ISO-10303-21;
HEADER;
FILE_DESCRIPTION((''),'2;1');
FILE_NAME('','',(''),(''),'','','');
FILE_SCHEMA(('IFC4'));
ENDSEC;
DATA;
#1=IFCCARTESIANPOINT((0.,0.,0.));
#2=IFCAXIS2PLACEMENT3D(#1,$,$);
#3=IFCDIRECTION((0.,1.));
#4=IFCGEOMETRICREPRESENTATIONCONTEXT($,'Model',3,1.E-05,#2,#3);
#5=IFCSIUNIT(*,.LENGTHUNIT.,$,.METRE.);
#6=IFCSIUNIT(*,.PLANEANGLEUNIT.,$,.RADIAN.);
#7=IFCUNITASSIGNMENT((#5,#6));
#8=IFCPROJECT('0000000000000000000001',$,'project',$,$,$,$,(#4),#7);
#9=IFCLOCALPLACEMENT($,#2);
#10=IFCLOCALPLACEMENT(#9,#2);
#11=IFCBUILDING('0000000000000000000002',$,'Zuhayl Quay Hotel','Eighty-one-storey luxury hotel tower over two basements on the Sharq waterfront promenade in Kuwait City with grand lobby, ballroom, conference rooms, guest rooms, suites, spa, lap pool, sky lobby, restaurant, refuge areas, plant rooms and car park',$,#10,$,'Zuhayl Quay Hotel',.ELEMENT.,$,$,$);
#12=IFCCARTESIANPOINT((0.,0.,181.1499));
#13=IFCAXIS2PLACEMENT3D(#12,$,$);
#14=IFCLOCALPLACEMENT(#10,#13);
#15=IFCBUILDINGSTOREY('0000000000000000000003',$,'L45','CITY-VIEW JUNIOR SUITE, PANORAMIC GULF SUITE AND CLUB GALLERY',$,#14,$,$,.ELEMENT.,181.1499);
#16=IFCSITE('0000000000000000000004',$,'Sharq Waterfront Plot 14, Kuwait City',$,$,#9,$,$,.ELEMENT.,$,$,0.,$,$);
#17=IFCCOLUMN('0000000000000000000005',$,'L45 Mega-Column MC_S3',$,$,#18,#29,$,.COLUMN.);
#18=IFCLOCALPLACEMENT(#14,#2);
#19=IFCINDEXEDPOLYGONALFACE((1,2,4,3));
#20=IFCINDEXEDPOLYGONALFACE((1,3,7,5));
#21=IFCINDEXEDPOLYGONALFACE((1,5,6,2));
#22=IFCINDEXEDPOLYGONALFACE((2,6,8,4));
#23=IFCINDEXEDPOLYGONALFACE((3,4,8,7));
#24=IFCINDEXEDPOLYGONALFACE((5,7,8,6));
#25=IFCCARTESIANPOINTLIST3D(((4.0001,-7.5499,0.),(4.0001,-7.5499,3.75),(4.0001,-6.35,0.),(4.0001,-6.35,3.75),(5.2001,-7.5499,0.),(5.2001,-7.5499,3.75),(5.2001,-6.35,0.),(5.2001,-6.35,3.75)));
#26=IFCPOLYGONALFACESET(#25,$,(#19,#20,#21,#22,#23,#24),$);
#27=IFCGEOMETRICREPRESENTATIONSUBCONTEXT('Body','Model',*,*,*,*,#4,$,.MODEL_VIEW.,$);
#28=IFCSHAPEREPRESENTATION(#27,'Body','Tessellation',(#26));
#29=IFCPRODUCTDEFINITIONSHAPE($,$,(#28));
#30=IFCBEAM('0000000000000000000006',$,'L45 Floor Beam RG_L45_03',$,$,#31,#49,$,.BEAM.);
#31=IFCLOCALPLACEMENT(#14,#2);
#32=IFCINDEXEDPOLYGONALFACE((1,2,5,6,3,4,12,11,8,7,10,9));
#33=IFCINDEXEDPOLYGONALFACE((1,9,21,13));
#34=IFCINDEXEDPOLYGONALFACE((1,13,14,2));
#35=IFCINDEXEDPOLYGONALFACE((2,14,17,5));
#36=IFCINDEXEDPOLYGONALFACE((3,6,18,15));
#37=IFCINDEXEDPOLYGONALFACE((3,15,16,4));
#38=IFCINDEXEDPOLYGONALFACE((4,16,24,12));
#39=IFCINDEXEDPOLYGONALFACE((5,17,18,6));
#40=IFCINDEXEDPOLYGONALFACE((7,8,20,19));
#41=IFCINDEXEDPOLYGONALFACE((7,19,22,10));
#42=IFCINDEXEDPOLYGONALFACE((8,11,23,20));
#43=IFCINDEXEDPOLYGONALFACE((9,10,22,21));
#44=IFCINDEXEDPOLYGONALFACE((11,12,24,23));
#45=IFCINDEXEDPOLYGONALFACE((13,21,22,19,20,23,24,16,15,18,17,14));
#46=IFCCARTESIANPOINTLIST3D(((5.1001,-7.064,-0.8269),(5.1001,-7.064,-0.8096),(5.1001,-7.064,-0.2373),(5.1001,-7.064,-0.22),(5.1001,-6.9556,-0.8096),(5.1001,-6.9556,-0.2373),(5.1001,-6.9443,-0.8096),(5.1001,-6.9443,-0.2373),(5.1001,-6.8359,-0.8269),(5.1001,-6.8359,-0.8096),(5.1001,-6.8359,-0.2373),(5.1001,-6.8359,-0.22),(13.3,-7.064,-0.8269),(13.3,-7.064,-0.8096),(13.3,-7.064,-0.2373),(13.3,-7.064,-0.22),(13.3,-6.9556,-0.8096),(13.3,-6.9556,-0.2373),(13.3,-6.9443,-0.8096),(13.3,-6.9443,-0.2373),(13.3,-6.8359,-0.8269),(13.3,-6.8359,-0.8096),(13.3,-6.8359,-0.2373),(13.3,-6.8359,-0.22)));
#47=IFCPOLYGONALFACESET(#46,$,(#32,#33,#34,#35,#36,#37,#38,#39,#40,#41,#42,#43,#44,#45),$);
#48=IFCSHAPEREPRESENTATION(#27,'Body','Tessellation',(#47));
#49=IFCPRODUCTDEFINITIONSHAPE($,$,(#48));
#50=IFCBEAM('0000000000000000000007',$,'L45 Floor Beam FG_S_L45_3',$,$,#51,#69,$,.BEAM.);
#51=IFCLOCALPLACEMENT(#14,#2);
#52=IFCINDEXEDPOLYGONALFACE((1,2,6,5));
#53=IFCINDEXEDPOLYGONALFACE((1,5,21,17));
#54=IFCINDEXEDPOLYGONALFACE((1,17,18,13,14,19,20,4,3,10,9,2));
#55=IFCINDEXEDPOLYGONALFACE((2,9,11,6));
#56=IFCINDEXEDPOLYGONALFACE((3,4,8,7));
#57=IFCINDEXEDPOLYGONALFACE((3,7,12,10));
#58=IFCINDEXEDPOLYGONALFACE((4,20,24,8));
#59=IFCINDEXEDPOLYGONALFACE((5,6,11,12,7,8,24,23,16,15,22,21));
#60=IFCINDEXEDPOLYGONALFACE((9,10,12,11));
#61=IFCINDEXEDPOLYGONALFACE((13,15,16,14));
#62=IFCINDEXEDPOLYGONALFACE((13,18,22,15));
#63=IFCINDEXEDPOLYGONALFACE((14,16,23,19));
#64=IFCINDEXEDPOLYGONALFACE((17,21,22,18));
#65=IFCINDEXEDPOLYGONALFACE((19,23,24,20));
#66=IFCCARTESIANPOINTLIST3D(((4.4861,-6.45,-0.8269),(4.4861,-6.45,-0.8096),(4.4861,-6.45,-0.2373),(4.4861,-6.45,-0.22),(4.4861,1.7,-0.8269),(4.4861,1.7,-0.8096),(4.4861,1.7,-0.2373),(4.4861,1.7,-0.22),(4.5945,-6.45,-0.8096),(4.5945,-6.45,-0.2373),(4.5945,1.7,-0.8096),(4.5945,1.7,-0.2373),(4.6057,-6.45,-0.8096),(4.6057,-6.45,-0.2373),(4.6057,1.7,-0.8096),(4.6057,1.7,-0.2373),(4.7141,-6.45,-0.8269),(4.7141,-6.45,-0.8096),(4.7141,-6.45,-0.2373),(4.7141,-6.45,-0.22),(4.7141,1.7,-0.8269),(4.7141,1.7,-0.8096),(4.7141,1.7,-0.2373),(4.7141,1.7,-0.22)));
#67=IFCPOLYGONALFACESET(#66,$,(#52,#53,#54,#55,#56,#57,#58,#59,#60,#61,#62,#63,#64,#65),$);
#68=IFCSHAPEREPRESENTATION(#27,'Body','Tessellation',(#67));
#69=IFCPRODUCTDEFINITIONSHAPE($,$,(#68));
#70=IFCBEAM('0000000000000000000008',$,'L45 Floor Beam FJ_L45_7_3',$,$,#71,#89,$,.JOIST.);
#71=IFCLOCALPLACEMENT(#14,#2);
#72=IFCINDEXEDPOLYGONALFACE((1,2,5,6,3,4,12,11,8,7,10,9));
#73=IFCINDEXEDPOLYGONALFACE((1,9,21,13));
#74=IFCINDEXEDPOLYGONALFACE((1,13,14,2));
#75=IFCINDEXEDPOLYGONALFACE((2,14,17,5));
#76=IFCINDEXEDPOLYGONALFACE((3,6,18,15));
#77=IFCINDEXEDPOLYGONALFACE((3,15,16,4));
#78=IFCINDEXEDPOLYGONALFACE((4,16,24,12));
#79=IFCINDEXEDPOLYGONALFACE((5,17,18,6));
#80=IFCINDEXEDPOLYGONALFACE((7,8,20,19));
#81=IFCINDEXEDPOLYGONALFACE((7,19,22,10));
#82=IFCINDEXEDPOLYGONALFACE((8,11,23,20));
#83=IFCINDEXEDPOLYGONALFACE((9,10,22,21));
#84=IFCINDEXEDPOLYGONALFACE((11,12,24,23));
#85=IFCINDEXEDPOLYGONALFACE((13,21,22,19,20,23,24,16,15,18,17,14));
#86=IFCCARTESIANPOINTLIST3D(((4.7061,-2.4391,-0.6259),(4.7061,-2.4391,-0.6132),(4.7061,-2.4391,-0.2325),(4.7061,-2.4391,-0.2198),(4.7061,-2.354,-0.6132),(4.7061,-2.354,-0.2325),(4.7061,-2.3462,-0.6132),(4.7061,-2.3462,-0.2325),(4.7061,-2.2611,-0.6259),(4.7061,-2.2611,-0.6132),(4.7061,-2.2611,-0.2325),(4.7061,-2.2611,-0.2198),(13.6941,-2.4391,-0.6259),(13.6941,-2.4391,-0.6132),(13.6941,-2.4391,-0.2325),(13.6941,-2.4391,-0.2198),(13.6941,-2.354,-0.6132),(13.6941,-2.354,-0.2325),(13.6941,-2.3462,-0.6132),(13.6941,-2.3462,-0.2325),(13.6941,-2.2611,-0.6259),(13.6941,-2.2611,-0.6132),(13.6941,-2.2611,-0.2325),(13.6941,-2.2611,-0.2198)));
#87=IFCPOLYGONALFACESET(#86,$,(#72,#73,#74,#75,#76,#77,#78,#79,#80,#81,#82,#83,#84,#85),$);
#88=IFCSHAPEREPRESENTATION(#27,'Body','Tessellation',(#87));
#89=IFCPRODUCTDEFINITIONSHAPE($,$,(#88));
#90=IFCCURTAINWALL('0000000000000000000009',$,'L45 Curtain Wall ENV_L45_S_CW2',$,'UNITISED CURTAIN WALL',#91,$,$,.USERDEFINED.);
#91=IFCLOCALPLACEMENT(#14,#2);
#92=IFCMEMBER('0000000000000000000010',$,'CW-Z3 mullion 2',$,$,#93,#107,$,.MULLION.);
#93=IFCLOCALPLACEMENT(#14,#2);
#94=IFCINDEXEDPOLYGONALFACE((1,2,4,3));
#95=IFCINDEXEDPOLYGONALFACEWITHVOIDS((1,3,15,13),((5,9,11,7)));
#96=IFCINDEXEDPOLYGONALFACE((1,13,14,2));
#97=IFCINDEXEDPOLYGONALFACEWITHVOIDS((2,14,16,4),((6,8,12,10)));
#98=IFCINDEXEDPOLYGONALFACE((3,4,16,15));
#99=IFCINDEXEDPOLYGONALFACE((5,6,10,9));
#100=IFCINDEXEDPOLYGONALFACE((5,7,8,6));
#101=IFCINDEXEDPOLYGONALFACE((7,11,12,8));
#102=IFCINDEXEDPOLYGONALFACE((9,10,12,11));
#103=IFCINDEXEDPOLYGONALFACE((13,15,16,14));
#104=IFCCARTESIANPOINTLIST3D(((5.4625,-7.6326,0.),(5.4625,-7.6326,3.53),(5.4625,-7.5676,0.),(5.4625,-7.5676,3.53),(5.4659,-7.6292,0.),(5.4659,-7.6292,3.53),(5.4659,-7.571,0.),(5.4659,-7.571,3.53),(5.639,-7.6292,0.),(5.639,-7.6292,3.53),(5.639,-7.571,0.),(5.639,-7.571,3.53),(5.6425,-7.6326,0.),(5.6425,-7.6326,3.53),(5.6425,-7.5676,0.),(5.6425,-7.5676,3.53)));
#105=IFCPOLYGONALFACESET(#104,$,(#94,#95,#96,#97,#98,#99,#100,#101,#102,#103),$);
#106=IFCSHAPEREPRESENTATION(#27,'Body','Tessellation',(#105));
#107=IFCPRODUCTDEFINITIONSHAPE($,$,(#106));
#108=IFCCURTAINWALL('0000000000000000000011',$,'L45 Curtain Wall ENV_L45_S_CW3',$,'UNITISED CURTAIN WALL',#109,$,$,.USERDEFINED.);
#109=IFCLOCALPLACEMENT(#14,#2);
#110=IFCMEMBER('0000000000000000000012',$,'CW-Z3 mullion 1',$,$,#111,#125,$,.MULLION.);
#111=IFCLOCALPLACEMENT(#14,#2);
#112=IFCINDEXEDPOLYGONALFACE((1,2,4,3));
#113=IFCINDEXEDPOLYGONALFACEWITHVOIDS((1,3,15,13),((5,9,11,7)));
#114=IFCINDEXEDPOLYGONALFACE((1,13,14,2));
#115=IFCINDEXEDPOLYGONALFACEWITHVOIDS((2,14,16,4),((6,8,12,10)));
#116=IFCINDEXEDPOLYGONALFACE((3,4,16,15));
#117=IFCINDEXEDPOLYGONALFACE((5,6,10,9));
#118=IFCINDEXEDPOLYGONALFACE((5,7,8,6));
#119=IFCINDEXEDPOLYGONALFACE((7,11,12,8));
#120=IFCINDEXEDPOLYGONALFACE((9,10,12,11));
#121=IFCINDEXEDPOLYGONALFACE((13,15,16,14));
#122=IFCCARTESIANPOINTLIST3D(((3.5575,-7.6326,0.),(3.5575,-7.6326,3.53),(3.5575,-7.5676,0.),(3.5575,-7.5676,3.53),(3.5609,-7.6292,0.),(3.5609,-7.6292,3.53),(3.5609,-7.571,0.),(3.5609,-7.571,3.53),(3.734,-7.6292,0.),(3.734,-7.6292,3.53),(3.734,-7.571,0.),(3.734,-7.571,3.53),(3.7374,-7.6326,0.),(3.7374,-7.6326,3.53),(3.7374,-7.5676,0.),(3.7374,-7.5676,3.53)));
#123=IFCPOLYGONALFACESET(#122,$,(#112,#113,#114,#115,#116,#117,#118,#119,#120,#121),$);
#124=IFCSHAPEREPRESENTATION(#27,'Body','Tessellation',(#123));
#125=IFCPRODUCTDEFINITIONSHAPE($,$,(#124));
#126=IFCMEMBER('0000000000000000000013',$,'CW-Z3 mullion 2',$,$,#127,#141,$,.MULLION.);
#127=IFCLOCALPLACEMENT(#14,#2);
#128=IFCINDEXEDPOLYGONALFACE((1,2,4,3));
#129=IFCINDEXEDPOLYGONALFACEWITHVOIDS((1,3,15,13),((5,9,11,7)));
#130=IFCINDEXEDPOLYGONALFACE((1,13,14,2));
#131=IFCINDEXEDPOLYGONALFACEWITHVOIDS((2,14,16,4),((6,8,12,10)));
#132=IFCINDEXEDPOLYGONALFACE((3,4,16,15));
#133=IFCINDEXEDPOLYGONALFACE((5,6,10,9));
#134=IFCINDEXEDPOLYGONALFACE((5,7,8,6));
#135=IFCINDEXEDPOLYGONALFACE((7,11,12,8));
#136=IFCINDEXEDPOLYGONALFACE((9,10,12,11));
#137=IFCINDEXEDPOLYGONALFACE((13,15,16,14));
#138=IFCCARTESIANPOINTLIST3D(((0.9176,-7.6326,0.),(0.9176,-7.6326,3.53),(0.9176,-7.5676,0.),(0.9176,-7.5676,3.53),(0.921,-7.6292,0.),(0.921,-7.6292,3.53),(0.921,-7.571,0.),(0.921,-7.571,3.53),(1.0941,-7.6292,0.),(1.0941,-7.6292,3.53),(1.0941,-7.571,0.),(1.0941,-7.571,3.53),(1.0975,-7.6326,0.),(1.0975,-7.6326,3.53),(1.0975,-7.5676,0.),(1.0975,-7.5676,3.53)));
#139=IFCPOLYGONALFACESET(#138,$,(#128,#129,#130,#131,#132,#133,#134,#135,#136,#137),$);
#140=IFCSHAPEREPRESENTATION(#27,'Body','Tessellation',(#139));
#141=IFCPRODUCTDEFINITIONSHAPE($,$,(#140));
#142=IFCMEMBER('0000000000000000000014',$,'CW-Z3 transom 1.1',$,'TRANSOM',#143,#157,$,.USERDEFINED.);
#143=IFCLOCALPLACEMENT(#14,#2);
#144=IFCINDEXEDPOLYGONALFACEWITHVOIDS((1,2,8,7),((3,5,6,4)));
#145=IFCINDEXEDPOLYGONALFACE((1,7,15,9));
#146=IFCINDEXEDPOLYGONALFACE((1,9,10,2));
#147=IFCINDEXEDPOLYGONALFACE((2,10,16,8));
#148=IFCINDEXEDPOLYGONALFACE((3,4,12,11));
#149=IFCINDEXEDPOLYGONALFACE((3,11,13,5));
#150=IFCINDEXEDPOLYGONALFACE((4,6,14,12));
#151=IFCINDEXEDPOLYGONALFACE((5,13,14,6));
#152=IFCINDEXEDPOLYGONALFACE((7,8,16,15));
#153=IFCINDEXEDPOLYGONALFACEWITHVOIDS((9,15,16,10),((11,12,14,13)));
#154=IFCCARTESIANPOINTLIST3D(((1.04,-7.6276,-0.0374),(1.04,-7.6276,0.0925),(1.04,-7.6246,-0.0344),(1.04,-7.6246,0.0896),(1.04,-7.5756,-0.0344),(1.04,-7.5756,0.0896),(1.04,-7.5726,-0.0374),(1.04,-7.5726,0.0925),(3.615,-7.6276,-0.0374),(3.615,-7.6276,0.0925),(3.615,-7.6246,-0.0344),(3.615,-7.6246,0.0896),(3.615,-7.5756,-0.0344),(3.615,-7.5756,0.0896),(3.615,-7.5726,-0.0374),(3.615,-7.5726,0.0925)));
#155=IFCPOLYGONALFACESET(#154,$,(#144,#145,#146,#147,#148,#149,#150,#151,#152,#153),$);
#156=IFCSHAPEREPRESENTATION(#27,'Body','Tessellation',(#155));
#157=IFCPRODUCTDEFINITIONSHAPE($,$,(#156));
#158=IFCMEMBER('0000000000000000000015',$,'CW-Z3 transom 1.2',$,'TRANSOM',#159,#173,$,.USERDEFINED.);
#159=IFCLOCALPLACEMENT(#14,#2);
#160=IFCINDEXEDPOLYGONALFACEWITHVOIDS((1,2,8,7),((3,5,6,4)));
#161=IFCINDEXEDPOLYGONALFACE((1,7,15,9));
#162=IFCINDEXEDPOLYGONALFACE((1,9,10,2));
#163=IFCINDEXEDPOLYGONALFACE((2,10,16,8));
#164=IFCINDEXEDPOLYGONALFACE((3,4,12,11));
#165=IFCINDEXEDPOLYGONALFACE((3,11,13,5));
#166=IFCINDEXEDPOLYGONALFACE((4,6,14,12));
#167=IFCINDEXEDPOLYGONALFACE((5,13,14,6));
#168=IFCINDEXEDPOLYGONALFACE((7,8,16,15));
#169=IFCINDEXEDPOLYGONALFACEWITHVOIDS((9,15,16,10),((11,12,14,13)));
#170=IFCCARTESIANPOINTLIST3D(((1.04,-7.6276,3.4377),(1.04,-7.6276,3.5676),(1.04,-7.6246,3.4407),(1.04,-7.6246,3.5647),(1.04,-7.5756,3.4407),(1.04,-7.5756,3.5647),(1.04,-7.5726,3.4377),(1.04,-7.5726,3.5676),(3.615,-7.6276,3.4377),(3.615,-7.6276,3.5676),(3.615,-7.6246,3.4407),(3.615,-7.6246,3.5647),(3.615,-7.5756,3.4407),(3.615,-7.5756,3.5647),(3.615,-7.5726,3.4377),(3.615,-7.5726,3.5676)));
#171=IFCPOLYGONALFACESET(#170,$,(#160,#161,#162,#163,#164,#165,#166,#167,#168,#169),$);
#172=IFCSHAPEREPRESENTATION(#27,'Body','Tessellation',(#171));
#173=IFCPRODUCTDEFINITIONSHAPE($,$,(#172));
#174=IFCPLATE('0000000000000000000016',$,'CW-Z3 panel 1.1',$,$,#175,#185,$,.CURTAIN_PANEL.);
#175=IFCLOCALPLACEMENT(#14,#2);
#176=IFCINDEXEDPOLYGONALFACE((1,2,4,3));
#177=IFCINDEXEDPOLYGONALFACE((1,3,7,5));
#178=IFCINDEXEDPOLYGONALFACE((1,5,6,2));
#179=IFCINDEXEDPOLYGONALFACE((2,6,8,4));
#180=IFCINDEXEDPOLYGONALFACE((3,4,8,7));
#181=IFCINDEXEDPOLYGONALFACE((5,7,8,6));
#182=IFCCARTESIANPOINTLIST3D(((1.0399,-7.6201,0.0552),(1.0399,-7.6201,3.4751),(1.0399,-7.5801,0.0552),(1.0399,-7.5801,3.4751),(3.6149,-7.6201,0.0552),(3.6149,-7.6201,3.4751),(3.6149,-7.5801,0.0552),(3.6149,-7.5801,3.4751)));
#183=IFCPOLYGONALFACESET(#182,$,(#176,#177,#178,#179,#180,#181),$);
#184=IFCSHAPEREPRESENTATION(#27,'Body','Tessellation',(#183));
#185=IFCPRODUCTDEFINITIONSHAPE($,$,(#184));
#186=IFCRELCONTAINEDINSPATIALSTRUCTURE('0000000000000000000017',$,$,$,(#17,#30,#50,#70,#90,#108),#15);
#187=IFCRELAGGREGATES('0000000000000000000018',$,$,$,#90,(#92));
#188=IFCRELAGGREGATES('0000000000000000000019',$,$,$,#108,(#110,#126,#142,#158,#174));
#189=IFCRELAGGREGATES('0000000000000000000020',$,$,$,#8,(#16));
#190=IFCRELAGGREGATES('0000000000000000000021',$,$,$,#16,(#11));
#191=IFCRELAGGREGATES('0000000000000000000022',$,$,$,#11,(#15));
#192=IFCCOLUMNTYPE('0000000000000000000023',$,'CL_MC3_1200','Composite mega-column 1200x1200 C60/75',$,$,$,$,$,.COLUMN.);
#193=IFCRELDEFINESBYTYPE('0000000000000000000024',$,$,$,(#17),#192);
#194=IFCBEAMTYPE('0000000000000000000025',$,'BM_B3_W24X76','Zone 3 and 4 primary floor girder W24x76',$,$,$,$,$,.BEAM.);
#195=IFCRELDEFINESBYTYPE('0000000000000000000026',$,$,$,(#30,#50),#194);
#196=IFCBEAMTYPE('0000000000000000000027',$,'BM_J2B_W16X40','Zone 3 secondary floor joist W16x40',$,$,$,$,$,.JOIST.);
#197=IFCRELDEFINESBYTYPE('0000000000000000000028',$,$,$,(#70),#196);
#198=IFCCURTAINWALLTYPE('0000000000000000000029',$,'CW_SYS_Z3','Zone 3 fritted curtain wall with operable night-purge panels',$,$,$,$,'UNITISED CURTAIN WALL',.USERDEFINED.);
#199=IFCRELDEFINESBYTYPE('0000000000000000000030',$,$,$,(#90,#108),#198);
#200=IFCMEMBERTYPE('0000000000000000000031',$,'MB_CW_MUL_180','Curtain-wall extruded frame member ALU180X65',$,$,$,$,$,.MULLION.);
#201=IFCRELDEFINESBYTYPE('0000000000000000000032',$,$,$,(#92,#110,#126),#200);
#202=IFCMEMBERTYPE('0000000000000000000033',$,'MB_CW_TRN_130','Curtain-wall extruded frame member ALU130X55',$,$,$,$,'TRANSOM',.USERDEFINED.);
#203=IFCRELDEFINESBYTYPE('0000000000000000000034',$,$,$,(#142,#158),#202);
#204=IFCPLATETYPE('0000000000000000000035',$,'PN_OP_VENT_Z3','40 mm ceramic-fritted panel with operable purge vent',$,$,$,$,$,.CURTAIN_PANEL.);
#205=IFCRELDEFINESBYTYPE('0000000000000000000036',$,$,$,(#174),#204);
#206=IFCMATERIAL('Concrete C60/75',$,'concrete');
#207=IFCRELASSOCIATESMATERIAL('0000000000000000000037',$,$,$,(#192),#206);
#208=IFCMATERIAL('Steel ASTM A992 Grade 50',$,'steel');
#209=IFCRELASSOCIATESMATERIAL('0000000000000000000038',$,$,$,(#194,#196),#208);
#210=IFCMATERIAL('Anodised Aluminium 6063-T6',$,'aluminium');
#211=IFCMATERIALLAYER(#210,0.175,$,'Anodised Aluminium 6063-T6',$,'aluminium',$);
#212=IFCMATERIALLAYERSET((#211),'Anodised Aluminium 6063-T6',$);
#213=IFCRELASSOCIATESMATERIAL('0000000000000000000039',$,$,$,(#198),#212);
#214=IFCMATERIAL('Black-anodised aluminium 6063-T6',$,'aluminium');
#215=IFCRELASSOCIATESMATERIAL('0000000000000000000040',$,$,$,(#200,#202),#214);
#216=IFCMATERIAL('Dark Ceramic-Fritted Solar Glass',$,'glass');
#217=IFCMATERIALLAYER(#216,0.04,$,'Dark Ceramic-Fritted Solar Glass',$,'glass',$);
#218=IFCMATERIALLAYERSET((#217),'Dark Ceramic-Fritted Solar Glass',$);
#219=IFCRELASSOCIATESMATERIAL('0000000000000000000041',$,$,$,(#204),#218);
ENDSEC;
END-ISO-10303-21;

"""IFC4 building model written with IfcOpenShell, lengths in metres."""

from ifc_helpers import new_model, si_unit, direction, frame, origin, origin_2d, place, context, subcontext, project, spatial, rectangle, hollow_rectangle, i_section, extrude, material, layer, layer_set, material_profile, profile_set, type_object, element, aggregate, save


model = new_model("IFC4")

# Units and contexts
model_context = context("Model", 3, precision=1e-05, world=origin(), true_north=direction((0.0, 1.0)))
body_context = subcontext(model_context, "Body", "Model", "MODEL_VIEW")
ifc_project = project(units=[si_unit("LENGTHUNIT", "METRE"), si_unit("PLANEANGLEUNIT", "RADIAN")], contexts=[model_context])

# Site, building, storey
site_placement = place(None, origin())
site = spatial("IfcSite", under=ifc_project, at=site_placement, Name="Sharq Waterfront Plot 14, Kuwait City", CompositionType="ELEMENT", RefElevation=0.0)
building_placement = place(site_placement, origin())
building = spatial("IfcBuilding", under=site, at=building_placement, Name="Zuhayl Quay Hotel", Description="Eighty-one-storey luxury hotel tower over two basements on the Sharq waterfront promenade in Kuwait City with grand lobby, ballroom, conference rooms, guest rooms, suites, spa, lap pool, sky lobby, restaurant, refuge areas, plant rooms and car park", LongName="Zuhayl Quay Hotel", CompositionType="ELEMENT")
storey_placement = place(building_placement, frame((0.0, 0.0, 181.1499)))
storey = spatial("IfcBuildingStorey", under=building, at=storey_placement, Name="L45", Description="CITY-VIEW JUNIOR SUITE, PANORAMIC GULF SUITE AND CLUB GALLERY", CompositionType="ELEMENT", Elevation=181.1499)

# Column
ifc_material_1 = material(Name="Concrete C60/75", Category="concrete")
ifc_material_profile_1 = material_profile(ifc_material_1, rectangle(XDim=1.2, YDim=1.2, at=origin_2d()), Name="RC1200X1200")
ifc_profile_set_1 = profile_set([ifc_material_profile_1], Name="Concrete C60/75")
column_type = type_object("IfcColumnType", Name="CL_MC3_1200", Description="Composite mega-column 1200x1200 C60/75", PredefinedType="COLUMN", material=ifc_profile_set_1)
column_placement = place(storey_placement, frame((4.6001, -6.95, 0.0), z_axis=(0.0, 0.0, 1.0), x_axis=(1.0, 0.0, 0.0)))
element("IfcColumn", 1, at=column_placement, inside=storey, type_object=column_type, Name="L45 Mega-Column MC_S3", PredefinedType="COLUMN", context=body_context, shape_type="SweptSolid", body=[
    extrude(rectangle(XDim=1.2, YDim=1.2, at=origin_2d()), origin(), (0.0, 0.0, 1.0), 3.75),
])

# Beams
ifc_material_2 = material(Name="Steel ASTM A992 Grade 50", Category="steel")
ifc_material_profile_2 = material_profile(ifc_material_2, i_section(OverallWidth=0.228, OverallDepth=0.6069, WebThickness=0.0112, FlangeThickness=0.0173, at=origin_2d()), Name="W24X76")
ifc_profile_set_2 = profile_set([ifc_material_profile_2], Name="Steel ASTM A992 Grade 50")
beam_type_1 = type_object("IfcBeamType", Name="BM_B3_W24X76", Description="Zone 3 and 4 primary floor girder W24x76", PredefinedType="BEAM", material=ifc_profile_set_2)
beam_1_placement = place(storey_placement, frame((5.1001, -6.95, -0.5234), z_axis=(1.0, 0.0, 0.0), x_axis=(0.0, 1.0, 0.0)))
element("IfcBeam", 2, at=beam_1_placement, inside=storey, type_object=beam_type_1, Name="L45 Floor Beam RG_L45_03", PredefinedType="BEAM", context=body_context, shape_type="SweptSolid", body=[
    extrude(i_section(OverallWidth=0.228, OverallDepth=0.6069, WebThickness=0.0112, FlangeThickness=0.0173, at=origin_2d()), origin(), (0.0, 0.0, 1.0), 8.2),
])
beam_2_placement = place(storey_placement, frame((4.6001, -6.45, -0.5234), z_axis=(0.0, 1.0, 0.0), x_axis=(-1.0, 0.0, 0.0)))
element("IfcBeam", 3, at=beam_2_placement, inside=storey, type_object=beam_type_1, Name="L45 Floor Beam FG_S_L45_3", PredefinedType="BEAM", context=body_context, shape_type="SweptSolid", body=[
    extrude(i_section(OverallWidth=0.228, OverallDepth=0.6069, WebThickness=0.0112, FlangeThickness=0.0173, at=origin_2d()), origin(), (0.0, 0.0, 1.0), 8.1499),
])
ifc_material_profile_3 = material_profile(ifc_material_2, i_section(OverallWidth=0.178, OverallDepth=0.406, WebThickness=0.0078, FlangeThickness=0.0127, at=origin_2d()), Name="W16X40")
ifc_profile_set_3 = profile_set([ifc_material_profile_3], Name="Steel ASTM A992 Grade 50")
beam_type_2 = type_object("IfcBeamType", Name="BM_J2B_W16X40", Description="Zone 3 secondary floor joist W16x40", PredefinedType="JOIST", material=ifc_profile_set_3)
beam_3_placement = place(storey_placement, frame((4.7061, -2.3501, -0.4229), z_axis=(1.0, 0.0, 0.0), x_axis=(0.0, 1.0, 0.0)))
element("IfcBeam", 4, at=beam_3_placement, inside=storey, type_object=beam_type_2, Name="L45 Floor Beam FJ_L45_7_3", PredefinedType="JOIST", context=body_context, shape_type="SweptSolid", body=[
    extrude(i_section(OverallWidth=0.178, OverallDepth=0.406, WebThickness=0.0078, FlangeThickness=0.0127, at=origin_2d()), origin(), (0.0, 0.0, 1.0), 8.988),
])

# Curtain wall, member
ifc_material_3 = material(Name="Anodised Aluminium 6063-T6", Category="aluminium")
ifc_layer_1 = layer(ifc_material_3, 0.175, Name="Anodised Aluminium 6063-T6", Category="aluminium")
ifc_layer_set_1 = layer_set([ifc_layer_1], Name="Anodised Aluminium 6063-T6")
curtain_wall_type = type_object("IfcCurtainWallType", Name="CW_SYS_Z3", Description="Zone 3 fritted curtain wall with operable night-purge panels", ElementType="UNITISED CURTAIN WALL", PredefinedType="USERDEFINED", material=ifc_layer_set_1)
curtain_wall_1_placement = place(storey_placement, origin())
curtain_wall_1 = element("IfcCurtainWall", 5, at=curtain_wall_1_placement, inside=storey, type_object=curtain_wall_type, Name="L45 Curtain Wall ENV_L45_S_CW2", ObjectType="UNITISED CURTAIN WALL", PredefinedType="USERDEFINED")
ifc_material_4 = material(Name="Black-anodised aluminium 6063-T6", Category="aluminium")
ifc_material_profile_4 = material_profile(ifc_material_4, hollow_rectangle(XDim=0.0649, YDim=0.1799, WallThickness=0.0034, at=origin_2d()), Name="ALU180X65")
ifc_profile_set_4 = profile_set([ifc_material_profile_4], Name="Black-anodised aluminium 6063-T6")
member_type_1 = type_object("IfcMemberType", Name="MB_CW_MUL_180", Description="Curtain-wall extruded frame member ALU180X65", PredefinedType="MULLION", material=ifc_profile_set_4)
member_1_placement = place(storey_placement, frame((5.5525, -7.6001, 0.0), z_axis=(0.0, 0.0, 1.0), x_axis=(0.0, -1.0, 0.0)))
member_1 = element("IfcMember", 6, at=member_1_placement, type_object=member_type_1, Name="CW-Z3 mullion 2", PredefinedType="MULLION", context=body_context, shape_type="SweptSolid", body=[
    extrude(hollow_rectangle(XDim=0.0649, YDim=0.1799, WallThickness=0.0034, at=origin_2d()), origin(), (0.0, 0.0, 1.0), 3.53),
])
aggregate(curtain_wall_1, [member_1])

# Curtain wall, members, plate
curtain_wall_2_placement = place(storey_placement, origin())
curtain_wall_2 = element("IfcCurtainWall", 7, at=curtain_wall_2_placement, inside=storey, type_object=curtain_wall_type, Name="L45 Curtain Wall ENV_L45_S_CW3", ObjectType="UNITISED CURTAIN WALL", PredefinedType="USERDEFINED")
member_2_placement = place(storey_placement, frame((3.6475, -7.6001, 0.0), z_axis=(0.0, 0.0, 1.0), x_axis=(0.0, -1.0, 0.0)))
member_2 = element("IfcMember", 8, at=member_2_placement, type_object=member_type_1, Name="CW-Z3 mullion 1", PredefinedType="MULLION", context=body_context, shape_type="SweptSolid", body=[
    extrude(hollow_rectangle(XDim=0.0649, YDim=0.1799, WallThickness=0.0034, at=origin_2d()), origin(), (0.0, 0.0, 1.0), 3.53),
])
member_3_placement = place(storey_placement, frame((1.0076, -7.6001, 0.0), z_axis=(0.0, 0.0, 1.0), x_axis=(0.0, -1.0, 0.0)))
member_3 = element("IfcMember", 9, at=member_3_placement, type_object=member_type_1, Name="CW-Z3 mullion 2", PredefinedType="MULLION", context=body_context, shape_type="SweptSolid", body=[
    extrude(hollow_rectangle(XDim=0.0649, YDim=0.1799, WallThickness=0.0034, at=origin_2d()), origin(), (0.0, 0.0, 1.0), 3.53),
])
ifc_material_profile_5 = material_profile(ifc_material_4, hollow_rectangle(XDim=0.0549, YDim=0.1299, WallThickness=0.0029, at=origin_2d()), Name="ALU130X55")
ifc_profile_set_5 = profile_set([ifc_material_profile_5], Name="Black-anodised aluminium 6063-T6")
member_type_2 = type_object("IfcMemberType", Name="MB_CW_TRN_130", Description="Curtain-wall extruded frame member ALU130X55", ElementType="TRANSOM", PredefinedType="USERDEFINED", material=ifc_profile_set_5)
member_4_placement = place(storey_placement, frame((3.615, -7.6001, 0.0276), z_axis=(-1.0, 0.0, 0.0), x_axis=(0.0, -1.0, 0.0)))
member_4 = element("IfcMember", 10, at=member_4_placement, type_object=member_type_2, Name="CW-Z3 transom 1.1", ObjectType="TRANSOM", PredefinedType="USERDEFINED", context=body_context, shape_type="SweptSolid", body=[
    extrude(hollow_rectangle(XDim=0.0549, YDim=0.1299, WallThickness=0.0029, at=origin_2d()), origin(), (0.0, 0.0, 1.0), 2.575),
])
member_5_placement = place(storey_placement, frame((3.615, -7.6001, 3.5027), z_axis=(-1.0, 0.0, 0.0), x_axis=(0.0, -1.0, 0.0)))
member_5 = element("IfcMember", 11, at=member_5_placement, type_object=member_type_2, Name="CW-Z3 transom 1.2", ObjectType="TRANSOM", PredefinedType="USERDEFINED", context=body_context, shape_type="SweptSolid", body=[
    extrude(hollow_rectangle(XDim=0.0549, YDim=0.1299, WallThickness=0.0029, at=origin_2d()), origin(), (0.0, 0.0, 1.0), 2.575),
])
ifc_material_5 = material(Name="Dark Ceramic-Fritted Solar Glass", Category="glass")
ifc_layer_2 = layer(ifc_material_5, 0.04, Name="Dark Ceramic-Fritted Solar Glass", Category="glass")
ifc_layer_set_2 = layer_set([ifc_layer_2], Name="Dark Ceramic-Fritted Solar Glass")
plate_type = type_object("IfcPlateType", Name="PN_OP_VENT_Z3", Description="40 mm ceramic-fritted panel with operable purge vent", PredefinedType="CURTAIN_PANEL", material=ifc_layer_set_2)
plate_placement = place(storey_placement, frame((2.3274, -7.6001, 0.0552), z_axis=(0.0, 0.0, 1.0), x_axis=(-1.0, 0.0, 0.0)))
plate = element("IfcPlate", 12, at=plate_placement, type_object=plate_type, Name="CW-Z3 panel 1.1", PredefinedType="CURTAIN_PANEL", context=body_context, shape_type="SweptSolid", body=[
    extrude(rectangle(XDim=2.575, YDim=0.04, at=origin_2d()), origin(), (0.0, 0.0, 1.0), 3.4199),
])
aggregate(curtain_wall_2, [member_2, member_3, member_4, member_5, plate])

save(model, "model.ifc")
